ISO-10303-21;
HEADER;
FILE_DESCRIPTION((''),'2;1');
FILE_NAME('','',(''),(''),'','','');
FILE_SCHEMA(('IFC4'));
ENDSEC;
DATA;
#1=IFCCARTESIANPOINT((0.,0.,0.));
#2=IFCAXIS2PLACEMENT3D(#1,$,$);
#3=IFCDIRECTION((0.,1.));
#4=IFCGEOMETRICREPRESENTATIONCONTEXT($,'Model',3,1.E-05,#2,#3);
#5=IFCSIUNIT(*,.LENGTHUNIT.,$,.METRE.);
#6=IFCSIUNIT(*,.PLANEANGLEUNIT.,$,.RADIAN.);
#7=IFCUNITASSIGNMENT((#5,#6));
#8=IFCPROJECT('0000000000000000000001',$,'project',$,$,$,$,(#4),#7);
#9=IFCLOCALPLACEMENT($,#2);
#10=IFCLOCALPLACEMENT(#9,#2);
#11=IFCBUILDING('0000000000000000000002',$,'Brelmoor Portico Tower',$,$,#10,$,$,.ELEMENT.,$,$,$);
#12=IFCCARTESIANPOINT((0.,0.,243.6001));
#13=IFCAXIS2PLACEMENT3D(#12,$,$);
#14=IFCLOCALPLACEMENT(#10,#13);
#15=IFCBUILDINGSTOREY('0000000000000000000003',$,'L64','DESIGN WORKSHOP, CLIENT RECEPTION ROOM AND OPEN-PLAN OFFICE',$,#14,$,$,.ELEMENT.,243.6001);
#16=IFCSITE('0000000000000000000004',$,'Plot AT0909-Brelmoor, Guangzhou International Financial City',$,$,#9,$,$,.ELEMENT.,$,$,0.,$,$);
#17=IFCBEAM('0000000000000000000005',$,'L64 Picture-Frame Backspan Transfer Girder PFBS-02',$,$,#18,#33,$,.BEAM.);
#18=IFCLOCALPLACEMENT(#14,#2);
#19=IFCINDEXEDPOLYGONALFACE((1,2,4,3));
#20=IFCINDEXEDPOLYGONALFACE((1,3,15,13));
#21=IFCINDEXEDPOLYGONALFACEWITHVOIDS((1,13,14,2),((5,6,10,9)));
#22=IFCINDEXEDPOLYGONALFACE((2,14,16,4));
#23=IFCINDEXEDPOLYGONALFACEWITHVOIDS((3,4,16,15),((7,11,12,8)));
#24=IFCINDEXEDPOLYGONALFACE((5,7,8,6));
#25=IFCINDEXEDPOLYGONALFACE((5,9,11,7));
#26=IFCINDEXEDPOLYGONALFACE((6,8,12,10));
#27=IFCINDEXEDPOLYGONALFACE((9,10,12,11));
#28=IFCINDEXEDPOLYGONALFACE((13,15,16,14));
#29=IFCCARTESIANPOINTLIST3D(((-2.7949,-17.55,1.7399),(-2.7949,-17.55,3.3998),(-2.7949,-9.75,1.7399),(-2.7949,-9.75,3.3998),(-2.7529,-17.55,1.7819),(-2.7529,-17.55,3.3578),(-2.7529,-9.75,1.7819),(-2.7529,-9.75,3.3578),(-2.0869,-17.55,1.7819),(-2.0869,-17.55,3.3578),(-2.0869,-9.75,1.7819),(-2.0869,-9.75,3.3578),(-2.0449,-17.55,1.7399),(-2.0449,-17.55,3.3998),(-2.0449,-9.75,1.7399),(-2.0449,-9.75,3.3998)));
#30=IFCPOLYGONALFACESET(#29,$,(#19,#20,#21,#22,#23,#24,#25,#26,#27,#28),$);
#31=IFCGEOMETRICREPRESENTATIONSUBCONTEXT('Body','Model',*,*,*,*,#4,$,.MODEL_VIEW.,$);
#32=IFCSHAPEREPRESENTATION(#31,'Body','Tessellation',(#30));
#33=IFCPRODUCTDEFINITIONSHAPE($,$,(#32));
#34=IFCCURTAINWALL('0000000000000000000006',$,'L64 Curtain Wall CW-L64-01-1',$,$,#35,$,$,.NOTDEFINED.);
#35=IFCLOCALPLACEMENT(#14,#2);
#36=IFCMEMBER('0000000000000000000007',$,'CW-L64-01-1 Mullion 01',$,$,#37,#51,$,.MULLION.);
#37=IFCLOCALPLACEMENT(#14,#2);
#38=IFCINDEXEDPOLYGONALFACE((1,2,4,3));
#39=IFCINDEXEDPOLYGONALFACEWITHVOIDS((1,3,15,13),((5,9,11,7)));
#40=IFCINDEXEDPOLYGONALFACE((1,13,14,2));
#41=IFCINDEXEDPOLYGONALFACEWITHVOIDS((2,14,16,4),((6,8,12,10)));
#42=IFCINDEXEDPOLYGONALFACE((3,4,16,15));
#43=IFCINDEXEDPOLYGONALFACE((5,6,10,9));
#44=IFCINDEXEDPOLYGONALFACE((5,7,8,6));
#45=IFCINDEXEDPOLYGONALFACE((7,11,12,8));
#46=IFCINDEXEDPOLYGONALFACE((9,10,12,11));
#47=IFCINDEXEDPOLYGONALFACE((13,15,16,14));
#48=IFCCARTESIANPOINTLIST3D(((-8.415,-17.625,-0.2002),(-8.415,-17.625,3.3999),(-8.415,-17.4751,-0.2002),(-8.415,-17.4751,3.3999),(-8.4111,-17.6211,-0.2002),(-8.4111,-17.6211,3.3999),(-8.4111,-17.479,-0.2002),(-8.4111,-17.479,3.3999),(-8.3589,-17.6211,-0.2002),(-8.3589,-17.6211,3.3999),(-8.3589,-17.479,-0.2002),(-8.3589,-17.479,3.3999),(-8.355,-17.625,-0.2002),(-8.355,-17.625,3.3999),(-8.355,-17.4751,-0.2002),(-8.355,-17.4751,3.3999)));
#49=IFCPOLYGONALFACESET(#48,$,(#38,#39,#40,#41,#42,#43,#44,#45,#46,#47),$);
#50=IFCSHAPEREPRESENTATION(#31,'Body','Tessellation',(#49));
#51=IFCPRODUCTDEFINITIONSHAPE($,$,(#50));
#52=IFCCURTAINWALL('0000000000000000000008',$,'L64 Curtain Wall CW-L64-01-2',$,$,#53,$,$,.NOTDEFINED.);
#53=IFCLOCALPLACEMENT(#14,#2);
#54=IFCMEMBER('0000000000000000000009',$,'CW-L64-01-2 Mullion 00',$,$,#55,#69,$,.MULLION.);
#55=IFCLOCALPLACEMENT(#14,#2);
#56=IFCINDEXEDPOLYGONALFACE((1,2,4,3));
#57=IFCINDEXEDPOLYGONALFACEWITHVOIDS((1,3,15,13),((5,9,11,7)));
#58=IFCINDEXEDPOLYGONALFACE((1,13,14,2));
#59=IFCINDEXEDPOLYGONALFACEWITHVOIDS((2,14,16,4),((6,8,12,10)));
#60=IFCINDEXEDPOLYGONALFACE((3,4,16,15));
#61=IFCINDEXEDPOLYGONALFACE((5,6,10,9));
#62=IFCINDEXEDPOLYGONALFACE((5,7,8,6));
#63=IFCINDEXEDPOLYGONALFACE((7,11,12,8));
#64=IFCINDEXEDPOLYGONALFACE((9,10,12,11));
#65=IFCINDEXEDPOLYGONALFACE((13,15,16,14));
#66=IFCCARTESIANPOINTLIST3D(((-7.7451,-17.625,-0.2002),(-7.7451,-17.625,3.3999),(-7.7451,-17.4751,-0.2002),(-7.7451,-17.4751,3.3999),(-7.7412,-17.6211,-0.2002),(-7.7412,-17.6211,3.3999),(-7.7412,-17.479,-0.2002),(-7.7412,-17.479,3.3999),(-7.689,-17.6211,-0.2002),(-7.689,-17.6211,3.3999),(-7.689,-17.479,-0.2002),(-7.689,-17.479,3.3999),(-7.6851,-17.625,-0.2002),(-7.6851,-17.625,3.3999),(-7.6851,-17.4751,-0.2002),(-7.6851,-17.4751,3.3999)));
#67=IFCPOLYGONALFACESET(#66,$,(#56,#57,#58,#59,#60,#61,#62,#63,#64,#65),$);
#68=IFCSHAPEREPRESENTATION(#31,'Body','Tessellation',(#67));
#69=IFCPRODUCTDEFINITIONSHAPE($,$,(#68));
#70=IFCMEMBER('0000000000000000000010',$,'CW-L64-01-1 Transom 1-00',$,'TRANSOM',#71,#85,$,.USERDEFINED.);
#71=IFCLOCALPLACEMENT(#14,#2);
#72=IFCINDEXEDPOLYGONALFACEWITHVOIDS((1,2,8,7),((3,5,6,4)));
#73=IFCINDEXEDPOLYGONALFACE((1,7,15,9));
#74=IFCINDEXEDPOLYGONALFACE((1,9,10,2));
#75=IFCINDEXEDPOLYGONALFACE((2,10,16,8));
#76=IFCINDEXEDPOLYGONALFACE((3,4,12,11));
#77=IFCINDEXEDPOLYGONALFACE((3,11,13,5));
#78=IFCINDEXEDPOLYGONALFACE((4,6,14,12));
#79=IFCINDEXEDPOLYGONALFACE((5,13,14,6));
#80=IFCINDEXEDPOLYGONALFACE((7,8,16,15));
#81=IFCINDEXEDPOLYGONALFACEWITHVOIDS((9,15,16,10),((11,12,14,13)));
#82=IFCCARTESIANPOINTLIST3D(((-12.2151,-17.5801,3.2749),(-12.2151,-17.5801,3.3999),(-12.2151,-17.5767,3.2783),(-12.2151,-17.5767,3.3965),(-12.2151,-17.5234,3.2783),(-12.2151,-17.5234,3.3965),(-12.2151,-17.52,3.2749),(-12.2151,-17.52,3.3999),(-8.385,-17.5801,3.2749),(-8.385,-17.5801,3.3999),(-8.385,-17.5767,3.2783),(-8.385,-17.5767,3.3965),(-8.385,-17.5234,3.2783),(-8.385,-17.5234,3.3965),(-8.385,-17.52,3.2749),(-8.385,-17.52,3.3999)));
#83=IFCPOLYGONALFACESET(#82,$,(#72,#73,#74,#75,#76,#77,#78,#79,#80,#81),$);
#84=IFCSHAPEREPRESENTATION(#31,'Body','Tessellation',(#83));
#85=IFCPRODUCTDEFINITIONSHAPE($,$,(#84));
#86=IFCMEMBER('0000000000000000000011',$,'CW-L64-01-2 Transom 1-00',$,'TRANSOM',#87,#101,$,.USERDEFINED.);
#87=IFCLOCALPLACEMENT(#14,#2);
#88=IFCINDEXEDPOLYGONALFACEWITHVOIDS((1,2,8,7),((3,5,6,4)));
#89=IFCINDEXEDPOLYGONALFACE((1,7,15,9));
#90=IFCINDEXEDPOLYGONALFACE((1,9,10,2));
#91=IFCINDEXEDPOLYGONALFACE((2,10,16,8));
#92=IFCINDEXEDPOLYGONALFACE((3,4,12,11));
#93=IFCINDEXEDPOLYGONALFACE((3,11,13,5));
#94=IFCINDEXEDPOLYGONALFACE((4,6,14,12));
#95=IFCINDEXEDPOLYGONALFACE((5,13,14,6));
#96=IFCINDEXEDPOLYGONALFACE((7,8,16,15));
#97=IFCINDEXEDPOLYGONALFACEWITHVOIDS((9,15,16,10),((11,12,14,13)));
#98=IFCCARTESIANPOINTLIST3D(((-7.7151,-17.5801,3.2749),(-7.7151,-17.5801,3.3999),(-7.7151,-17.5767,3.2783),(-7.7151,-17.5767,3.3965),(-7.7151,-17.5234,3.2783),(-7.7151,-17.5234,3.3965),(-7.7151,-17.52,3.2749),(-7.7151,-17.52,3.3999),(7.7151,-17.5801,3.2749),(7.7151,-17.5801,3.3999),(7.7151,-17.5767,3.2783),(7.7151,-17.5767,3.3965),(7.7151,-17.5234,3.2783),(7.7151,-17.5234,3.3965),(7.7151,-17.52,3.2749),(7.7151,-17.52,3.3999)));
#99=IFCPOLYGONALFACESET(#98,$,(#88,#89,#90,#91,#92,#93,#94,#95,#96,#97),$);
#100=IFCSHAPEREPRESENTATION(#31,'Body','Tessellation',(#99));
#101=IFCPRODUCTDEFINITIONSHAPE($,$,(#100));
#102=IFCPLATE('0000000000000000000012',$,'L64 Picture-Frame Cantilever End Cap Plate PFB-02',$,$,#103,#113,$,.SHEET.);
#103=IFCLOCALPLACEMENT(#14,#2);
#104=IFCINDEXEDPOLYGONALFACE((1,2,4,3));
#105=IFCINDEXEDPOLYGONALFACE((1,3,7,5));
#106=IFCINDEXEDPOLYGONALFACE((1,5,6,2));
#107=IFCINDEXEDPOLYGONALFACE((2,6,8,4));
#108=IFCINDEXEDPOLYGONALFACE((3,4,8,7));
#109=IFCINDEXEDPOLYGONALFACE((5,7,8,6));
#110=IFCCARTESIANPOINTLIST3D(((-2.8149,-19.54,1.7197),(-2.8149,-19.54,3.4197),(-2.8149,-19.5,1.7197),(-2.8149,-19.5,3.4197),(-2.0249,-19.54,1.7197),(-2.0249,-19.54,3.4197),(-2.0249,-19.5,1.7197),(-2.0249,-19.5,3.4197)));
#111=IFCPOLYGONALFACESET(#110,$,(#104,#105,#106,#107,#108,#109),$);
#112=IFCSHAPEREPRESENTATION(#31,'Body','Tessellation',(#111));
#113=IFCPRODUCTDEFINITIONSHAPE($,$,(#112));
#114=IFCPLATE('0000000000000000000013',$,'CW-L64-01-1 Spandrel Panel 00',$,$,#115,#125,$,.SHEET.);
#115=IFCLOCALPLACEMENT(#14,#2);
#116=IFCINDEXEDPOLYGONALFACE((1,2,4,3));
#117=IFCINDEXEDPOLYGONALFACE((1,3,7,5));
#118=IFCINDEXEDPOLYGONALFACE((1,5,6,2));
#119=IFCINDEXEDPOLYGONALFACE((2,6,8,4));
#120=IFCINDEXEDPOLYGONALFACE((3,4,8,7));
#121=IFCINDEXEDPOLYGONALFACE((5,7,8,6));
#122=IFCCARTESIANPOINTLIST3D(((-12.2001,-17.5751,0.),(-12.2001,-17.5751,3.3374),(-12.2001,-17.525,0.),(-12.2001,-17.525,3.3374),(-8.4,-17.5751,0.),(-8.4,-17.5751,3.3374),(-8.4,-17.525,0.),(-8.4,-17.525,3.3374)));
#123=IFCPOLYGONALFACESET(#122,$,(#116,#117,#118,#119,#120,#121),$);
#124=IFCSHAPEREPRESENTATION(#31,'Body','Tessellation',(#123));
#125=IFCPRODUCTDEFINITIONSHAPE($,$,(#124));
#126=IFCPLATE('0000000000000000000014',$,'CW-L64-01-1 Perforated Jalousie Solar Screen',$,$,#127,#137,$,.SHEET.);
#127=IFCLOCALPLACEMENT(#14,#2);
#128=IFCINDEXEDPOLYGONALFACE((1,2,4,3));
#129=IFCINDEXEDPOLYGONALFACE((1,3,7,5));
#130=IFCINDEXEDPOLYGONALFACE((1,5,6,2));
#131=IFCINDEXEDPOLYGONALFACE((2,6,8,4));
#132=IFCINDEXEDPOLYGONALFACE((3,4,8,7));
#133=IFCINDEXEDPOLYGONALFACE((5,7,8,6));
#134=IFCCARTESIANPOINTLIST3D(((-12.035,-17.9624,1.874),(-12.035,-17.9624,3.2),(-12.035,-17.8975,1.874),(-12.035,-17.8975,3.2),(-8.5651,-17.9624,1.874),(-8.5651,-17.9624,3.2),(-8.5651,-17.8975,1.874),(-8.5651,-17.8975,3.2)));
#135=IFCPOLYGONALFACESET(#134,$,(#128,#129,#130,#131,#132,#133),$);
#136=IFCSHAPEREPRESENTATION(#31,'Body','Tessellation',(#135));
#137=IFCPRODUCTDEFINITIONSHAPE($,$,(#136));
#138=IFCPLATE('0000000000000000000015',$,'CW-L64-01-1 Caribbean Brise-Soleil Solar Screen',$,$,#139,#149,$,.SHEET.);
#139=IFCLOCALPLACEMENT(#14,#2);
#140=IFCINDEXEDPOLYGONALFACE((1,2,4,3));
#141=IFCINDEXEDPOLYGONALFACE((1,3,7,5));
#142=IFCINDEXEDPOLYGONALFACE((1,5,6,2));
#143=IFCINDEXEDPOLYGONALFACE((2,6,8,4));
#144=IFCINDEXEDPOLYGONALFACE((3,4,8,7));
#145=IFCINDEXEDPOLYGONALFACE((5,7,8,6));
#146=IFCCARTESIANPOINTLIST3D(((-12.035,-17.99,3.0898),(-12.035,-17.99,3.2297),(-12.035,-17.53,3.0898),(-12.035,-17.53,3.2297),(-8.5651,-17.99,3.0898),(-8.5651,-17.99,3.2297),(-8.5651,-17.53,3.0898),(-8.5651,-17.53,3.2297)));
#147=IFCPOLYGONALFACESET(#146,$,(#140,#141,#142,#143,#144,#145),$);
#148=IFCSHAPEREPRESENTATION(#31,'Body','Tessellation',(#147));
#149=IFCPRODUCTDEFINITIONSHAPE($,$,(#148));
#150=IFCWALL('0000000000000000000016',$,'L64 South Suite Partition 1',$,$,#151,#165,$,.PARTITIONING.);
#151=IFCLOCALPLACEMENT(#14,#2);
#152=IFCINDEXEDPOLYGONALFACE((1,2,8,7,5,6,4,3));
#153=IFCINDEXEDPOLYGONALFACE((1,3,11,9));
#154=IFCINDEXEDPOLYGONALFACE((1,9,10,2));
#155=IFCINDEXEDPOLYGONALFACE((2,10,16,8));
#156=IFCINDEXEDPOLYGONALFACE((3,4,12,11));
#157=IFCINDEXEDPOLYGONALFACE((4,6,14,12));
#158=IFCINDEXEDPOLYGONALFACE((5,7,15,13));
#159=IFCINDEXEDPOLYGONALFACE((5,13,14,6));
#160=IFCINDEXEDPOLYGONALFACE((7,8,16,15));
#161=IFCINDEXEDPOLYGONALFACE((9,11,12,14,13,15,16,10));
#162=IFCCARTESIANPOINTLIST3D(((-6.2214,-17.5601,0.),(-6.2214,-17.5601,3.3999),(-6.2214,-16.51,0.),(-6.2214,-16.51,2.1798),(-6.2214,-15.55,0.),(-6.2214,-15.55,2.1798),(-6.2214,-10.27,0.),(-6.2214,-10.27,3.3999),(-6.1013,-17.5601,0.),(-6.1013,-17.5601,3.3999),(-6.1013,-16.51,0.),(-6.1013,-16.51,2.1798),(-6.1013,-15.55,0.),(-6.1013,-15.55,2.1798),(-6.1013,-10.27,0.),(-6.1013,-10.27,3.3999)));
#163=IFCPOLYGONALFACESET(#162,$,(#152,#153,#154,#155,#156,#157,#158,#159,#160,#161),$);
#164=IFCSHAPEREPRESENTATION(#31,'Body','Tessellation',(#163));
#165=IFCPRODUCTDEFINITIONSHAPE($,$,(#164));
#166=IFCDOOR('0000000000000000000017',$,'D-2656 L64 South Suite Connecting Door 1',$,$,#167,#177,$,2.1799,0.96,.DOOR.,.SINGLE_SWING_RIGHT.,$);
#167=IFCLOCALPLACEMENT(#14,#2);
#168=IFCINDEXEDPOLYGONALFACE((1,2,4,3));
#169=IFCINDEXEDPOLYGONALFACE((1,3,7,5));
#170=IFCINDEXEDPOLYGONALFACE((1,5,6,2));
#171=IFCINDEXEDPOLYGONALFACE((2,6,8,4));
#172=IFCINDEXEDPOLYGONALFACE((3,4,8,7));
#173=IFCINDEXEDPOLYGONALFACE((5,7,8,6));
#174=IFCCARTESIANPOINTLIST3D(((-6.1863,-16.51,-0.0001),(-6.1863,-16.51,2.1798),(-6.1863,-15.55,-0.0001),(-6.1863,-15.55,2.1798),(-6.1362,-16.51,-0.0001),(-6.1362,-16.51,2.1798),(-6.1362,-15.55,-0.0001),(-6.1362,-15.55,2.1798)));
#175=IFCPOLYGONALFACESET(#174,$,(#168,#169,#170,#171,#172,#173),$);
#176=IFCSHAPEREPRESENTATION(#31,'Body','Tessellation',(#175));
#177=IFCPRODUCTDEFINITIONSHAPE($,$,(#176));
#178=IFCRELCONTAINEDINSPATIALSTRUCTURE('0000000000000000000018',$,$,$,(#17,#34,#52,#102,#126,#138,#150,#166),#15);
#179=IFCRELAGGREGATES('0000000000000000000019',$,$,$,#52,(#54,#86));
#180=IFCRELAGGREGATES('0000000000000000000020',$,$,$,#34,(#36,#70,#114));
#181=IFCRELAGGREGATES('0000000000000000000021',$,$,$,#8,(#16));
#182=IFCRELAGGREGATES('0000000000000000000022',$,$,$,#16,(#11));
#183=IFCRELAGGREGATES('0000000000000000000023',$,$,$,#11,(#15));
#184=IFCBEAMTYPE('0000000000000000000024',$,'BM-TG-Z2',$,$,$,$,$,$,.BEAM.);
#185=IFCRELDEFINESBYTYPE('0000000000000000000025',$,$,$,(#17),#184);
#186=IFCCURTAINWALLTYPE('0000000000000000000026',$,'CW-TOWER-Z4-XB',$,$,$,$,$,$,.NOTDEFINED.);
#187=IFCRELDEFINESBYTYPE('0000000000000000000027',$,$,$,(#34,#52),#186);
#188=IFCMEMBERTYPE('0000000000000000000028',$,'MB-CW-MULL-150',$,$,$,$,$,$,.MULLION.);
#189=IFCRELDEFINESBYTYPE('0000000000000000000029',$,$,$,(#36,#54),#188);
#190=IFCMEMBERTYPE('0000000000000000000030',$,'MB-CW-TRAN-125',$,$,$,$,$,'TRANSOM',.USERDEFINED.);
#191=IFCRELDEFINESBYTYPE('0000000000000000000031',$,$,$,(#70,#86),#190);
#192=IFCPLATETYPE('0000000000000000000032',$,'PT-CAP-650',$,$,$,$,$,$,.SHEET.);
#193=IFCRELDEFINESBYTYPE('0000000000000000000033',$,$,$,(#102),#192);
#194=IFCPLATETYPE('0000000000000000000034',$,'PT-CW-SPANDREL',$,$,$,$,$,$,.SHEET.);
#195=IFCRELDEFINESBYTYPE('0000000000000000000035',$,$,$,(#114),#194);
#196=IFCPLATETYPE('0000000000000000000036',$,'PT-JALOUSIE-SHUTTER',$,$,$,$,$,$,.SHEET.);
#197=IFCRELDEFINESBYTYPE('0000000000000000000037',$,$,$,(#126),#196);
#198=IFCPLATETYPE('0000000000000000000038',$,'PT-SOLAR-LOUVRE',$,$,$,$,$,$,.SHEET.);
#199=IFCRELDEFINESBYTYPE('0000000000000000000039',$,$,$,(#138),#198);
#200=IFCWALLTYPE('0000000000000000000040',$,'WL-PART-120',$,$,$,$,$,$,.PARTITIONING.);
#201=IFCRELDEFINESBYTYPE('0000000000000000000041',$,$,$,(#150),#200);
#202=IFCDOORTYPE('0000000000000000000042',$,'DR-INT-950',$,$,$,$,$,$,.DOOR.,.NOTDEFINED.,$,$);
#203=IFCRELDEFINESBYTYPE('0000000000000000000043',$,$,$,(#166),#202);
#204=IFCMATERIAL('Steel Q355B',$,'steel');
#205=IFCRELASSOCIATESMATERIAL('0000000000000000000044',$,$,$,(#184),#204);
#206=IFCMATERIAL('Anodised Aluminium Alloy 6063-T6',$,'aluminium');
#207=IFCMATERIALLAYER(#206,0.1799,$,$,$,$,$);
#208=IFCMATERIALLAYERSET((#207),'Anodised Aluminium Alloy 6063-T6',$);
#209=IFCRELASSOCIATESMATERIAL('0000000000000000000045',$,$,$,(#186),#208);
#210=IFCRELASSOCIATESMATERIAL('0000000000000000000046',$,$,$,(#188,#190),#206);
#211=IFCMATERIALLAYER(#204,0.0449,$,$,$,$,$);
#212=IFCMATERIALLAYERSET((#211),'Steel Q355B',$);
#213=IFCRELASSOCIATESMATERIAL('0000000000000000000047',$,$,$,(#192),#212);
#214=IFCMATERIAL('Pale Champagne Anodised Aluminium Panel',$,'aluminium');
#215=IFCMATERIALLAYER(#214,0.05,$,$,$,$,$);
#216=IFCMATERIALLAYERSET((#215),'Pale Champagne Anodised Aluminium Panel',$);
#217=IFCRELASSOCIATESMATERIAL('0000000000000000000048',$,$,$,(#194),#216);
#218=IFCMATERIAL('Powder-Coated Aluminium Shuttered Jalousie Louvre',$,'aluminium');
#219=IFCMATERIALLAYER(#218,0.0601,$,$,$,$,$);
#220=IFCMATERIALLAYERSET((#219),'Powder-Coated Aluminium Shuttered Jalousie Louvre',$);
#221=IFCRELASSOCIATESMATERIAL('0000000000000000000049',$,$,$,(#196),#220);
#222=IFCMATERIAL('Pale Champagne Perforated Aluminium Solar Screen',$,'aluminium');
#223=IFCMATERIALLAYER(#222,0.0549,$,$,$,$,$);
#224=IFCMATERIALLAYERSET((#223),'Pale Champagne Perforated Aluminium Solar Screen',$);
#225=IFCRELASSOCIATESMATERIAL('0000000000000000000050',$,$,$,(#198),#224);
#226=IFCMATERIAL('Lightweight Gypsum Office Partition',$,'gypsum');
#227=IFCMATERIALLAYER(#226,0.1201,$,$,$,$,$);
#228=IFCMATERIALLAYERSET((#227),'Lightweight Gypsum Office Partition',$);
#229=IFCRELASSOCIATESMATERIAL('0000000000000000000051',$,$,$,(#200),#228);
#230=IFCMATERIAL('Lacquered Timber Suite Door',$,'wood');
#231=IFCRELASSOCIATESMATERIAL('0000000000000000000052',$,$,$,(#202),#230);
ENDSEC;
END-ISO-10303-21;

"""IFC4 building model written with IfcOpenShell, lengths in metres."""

from ifc_helpers import new_model, si_unit, direction, frame, frame_2d, origin, origin_2d, place, context, subcontext, project, spatial, rectangle, hollow_rectangle, extrude, material, layer, layer_set, material_profile, profile_set, type_object, element, fill, aggregate, save


model = new_model("IFC4")

# Units and contexts
model_context = context("Model", 3, precision=1e-05, world=origin(), true_north=direction((0.0, 1.0)))
body_context = subcontext(model_context, "Body", "Model", "MODEL_VIEW")
ifc_project = project(units=[si_unit("LENGTHUNIT", "METRE"), si_unit("PLANEANGLEUNIT", "RADIAN")], contexts=[model_context])

# Site, building, storey
site_placement = place(None, origin())
site = spatial("IfcSite", under=ifc_project, at=site_placement, Name="Plot AT0909-Brelmoor, Guangzhou International Financial City", CompositionType="ELEMENT", RefElevation=0.0)
building_placement = place(site_placement, origin())
building = spatial("IfcBuilding", under=site, at=building_placement, Name="Brelmoor Portico Tower", CompositionType="ELEMENT")
storey_placement = place(building_placement, frame((0.0, 0.0, 243.6001)))
storey = spatial("IfcBuildingStorey", under=building, at=storey_placement, Name="L64", Description="DESIGN WORKSHOP, CLIENT RECEPTION ROOM AND OPEN-PLAN OFFICE", CompositionType="ELEMENT", Elevation=243.6001)

# Shared definitions
ifc_material_1 = material(Name="Steel Q355B", Category="steel")

# Beam
ifc_material_profile_1 = material_profile(ifc_material_1, hollow_rectangle(XDim=0.75, YDim=1.6599, WallThickness=0.042, at=origin_2d()), Name="BOX 750x1660x42")
ifc_profile_set_1 = profile_set([ifc_material_profile_1], Name="Steel Q355B")
beam_type_1 = type_object("IfcBeamType", Name="BM-TG-Z2", PredefinedType="BEAM", material=ifc_profile_set_1)
beam_1_placement = place(storey_placement, frame((-2.4199, -17.55, 2.5698), z_axis=(0.0, 1.0, 0.0), x_axis=(-1.0, 0.0, 0.0)))
element("IfcBeam", 1, at=beam_1_placement, inside=storey, type_object=beam_type_1, Name="L64 Picture-Frame Backspan Transfer Girder PFBS-02", PredefinedType="BEAM", context=body_context, shape_type="SweptSolid", body=[
    extrude(hollow_rectangle(XDim=0.75, YDim=1.6599, WallThickness=0.042, at=origin_2d()), origin(), (0.0, 0.0, 1.0), 7.8),
])

# Curtain walls, members
ifc_material_2 = material(Name="Anodised Aluminium Alloy 6063-T6", Category="aluminium")
ifc_layer_1 = layer(ifc_material_2, 0.1799)
ifc_layer_set_1 = layer_set([ifc_layer_1], Name="Anodised Aluminium Alloy 6063-T6")
curtain_wall_type = type_object("IfcCurtainWallType", Name="CW-TOWER-Z4-XB", PredefinedType="NOTDEFINED", material=ifc_layer_set_1)
curtain_wall_1_placement = place(storey_placement, origin())
curtain_wall_1 = element("IfcCurtainWall", 2, at=curtain_wall_1_placement, inside=storey, type_object=curtain_wall_type, Name="L64 Curtain Wall CW-L64-01-1", PredefinedType="NOTDEFINED")
ifc_material_profile_2 = material_profile(ifc_material_2, hollow_rectangle(XDim=0.0601, YDim=0.1499, WallThickness=0.0039, at=origin_2d()), Name="ALU MULLION 60x150")
ifc_profile_set_2 = profile_set([ifc_material_profile_2], Name="Anodised Aluminium Alloy 6063-T6")
member_type_1 = type_object("IfcMemberType", Name="MB-CW-MULL-150", PredefinedType="MULLION", material=ifc_profile_set_2)
member_1_placement = place(storey_placement, frame((-8.385, -17.55, -0.2002), z_axis=(0.0, 0.0, 1.0), x_axis=(1.0, 0.0, 0.0)))
member_1 = element("IfcMember", 3, at=member_1_placement, type_object=member_type_1, Name="CW-L64-01-1 Mullion 01", PredefinedType="MULLION", context=body_context, shape_type="SweptSolid", body=[
    extrude(hollow_rectangle(XDim=0.0601, YDim=0.1499, WallThickness=0.0039, at=origin_2d()), origin(), (0.0, 0.0, 1.0), 3.6001),
])
curtain_wall_2_placement = place(storey_placement, origin())
curtain_wall_2 = element("IfcCurtainWall", 4, at=curtain_wall_2_placement, inside=storey, type_object=curtain_wall_type, Name="L64 Curtain Wall CW-L64-01-2", PredefinedType="NOTDEFINED")
member_2_placement = place(storey_placement, frame((-7.7151, -17.55, -0.2002), z_axis=(0.0, 0.0, 1.0), x_axis=(1.0, 0.0, 0.0)))
member_2 = element("IfcMember", 5, at=member_2_placement, type_object=member_type_1, Name="CW-L64-01-2 Mullion 00", PredefinedType="MULLION", context=body_context, shape_type="SweptSolid", body=[
    extrude(hollow_rectangle(XDim=0.0601, YDim=0.1499, WallThickness=0.0039, at=origin_2d()), origin(), (0.0, 0.0, 1.0), 3.6001),
])

# Members
ifc_material_profile_3 = material_profile(ifc_material_2, hollow_rectangle(XDim=0.0601, YDim=0.125, WallThickness=0.0034, at=origin_2d()), Name="ALU TRANSOM 60x125")
ifc_profile_set_3 = profile_set([ifc_material_profile_3], Name="Anodised Aluminium Alloy 6063-T6")
member_type_2 = type_object("IfcMemberType", Name="MB-CW-TRAN-125", ElementType="TRANSOM", PredefinedType="USERDEFINED", material=ifc_profile_set_3)
member_3_placement = place(storey_placement, frame((-12.2151, -17.55, 3.3374), z_axis=(1.0, 0.0, 0.0), x_axis=(0.0, 1.0, 0.0)))
member_3 = element("IfcMember", 6, at=member_3_placement, type_object=member_type_2, Name="CW-L64-01-1 Transom 1-00", ObjectType="TRANSOM", PredefinedType="USERDEFINED", context=body_context, shape_type="SweptSolid", body=[
    extrude(hollow_rectangle(XDim=0.0601, YDim=0.125, WallThickness=0.0034, at=origin_2d()), origin(), (0.0, 0.0, 1.0), 3.8301),
])
member_4_placement = place(storey_placement, frame((-7.7151, -17.55, 3.3374), z_axis=(1.0, 0.0, 0.0), x_axis=(0.0, 1.0, 0.0)))
member_4 = element("IfcMember", 7, at=member_4_placement, type_object=member_type_2, Name="CW-L64-01-2 Transom 1-00", ObjectType="TRANSOM", PredefinedType="USERDEFINED", context=body_context, shape_type="SweptSolid", body=[
    extrude(hollow_rectangle(XDim=0.0601, YDim=0.125, WallThickness=0.0034, at=origin_2d()), origin(), (0.0, 0.0, 1.0), 15.4302),
])
aggregate(curtain_wall_2, [member_2, member_4])

# Plates
ifc_layer_2 = layer(ifc_material_1, 0.0449)
ifc_layer_set_2 = layer_set([ifc_layer_2], Name="Steel Q355B")
plate_type_1 = type_object("IfcPlateType", Name="PT-CAP-650", PredefinedType="SHEET", material=ifc_layer_set_2)
plate_1_placement = place(storey_placement, frame((-2.4199, -19.52, 1.7197), z_axis=(0.0, 0.0, 1.0), x_axis=(1.0, 0.0, 0.0)))
element("IfcPlate", 8, at=plate_1_placement, inside=storey, type_object=plate_type_1, Name="L64 Picture-Frame Cantilever End Cap Plate PFB-02", PredefinedType="SHEET", context=body_context, shape_type="SweptSolid", body=[
    extrude(rectangle(XDim=0.79, YDim=0.04, at=origin_2d()), origin(), (0.0, 0.0, 1.0), 1.7),
])
ifc_material_3 = material(Name="Pale Champagne Anodised Aluminium Panel", Category="aluminium")
ifc_layer_3 = layer(ifc_material_3, 0.05)
ifc_layer_set_3 = layer_set([ifc_layer_3], Name="Pale Champagne Anodised Aluminium Panel")
plate_type_2 = type_object("IfcPlateType", Name="PT-CW-SPANDREL", PredefinedType="SHEET", material=ifc_layer_set_3)
plate_2_placement = place(storey_placement, frame((-10.3, -17.55, 0.0), z_axis=(0.0, 0.0, 1.0), x_axis=(1.0, 0.0, 0.0)))
plate_2 = element("IfcPlate", 9, at=plate_2_placement, type_object=plate_type_2, Name="CW-L64-01-1 Spandrel Panel 00", PredefinedType="SHEET", context=body_context, shape_type="SweptSolid", body=[
    extrude(rectangle(XDim=3.8, YDim=0.05, at=origin_2d()), origin(), (0.0, 0.0, 1.0), 3.3374),
])
aggregate(curtain_wall_1, [member_1, member_3, plate_2])

# Plates
ifc_material_4 = material(Name="Powder-Coated Aluminium Shuttered Jalousie Louvre", Category="aluminium")
ifc_layer_4 = layer(ifc_material_4, 0.0601)
ifc_layer_set_4 = layer_set([ifc_layer_4], Name="Powder-Coated Aluminium Shuttered Jalousie Louvre")
plate_type_3 = type_object("IfcPlateType", Name="PT-JALOUSIE-SHUTTER", PredefinedType="SHEET", material=ifc_layer_set_4)
plate_3_placement = place(storey_placement, frame((-10.3, -17.9299, 1.874), z_axis=(0.0, 0.0, 1.0), x_axis=(1.0, 0.0, 0.0)))
element("IfcPlate", 10, at=plate_3_placement, inside=storey, type_object=plate_type_3, Name="CW-L64-01-1 Perforated Jalousie Solar Screen", PredefinedType="SHEET", context=body_context, shape_type="SweptSolid", body=[
    extrude(rectangle(XDim=3.47, YDim=0.0649, at=origin_2d()), origin(), (0.0, 0.0, 1.0), 1.3259),
])
ifc_material_5 = material(Name="Pale Champagne Perforated Aluminium Solar Screen", Category="aluminium")
ifc_layer_5 = layer(ifc_material_5, 0.0549)
ifc_layer_set_5 = layer_set([ifc_layer_5], Name="Pale Champagne Perforated Aluminium Solar Screen")
plate_type_4 = type_object("IfcPlateType", Name="PT-SOLAR-LOUVRE", PredefinedType="SHEET", material=ifc_layer_set_5)
plate_4_placement = place(storey_placement, frame((-10.3, -17.76, 3.0898), z_axis=(0.0, 0.0, 1.0), x_axis=(1.0, 0.0, 0.0)))
element("IfcPlate", 11, at=plate_4_placement, inside=storey, type_object=plate_type_4, Name="CW-L64-01-1 Caribbean Brise-Soleil Solar Screen", PredefinedType="SHEET", context=body_context, shape_type="SweptSolid", body=[
    extrude(rectangle(XDim=3.47, YDim=0.46, at=origin_2d()), origin(), (0.0, 0.0, 1.0), 0.1399),
])

# Wall, opening, door
ifc_material_6 = material(Name="Lightweight Gypsum Office Partition", Category="gypsum")
ifc_layer_6 = layer(ifc_material_6, 0.1201)
ifc_layer_set_6 = layer_set([ifc_layer_6], Name="Lightweight Gypsum Office Partition")
wall_type = type_object("IfcWallType", Name="WL-PART-120", PredefinedType="PARTITIONING", material=ifc_layer_set_6)
wall_placement = place(storey_placement, frame((-6.1614, -17.5601, 0.0), z_axis=(0.0, 0.0, 1.0), x_axis=(0.0, 1.0, 0.0)))
wall = element("IfcWall", 12, at=wall_placement, inside=storey, type_object=wall_type, Name="L64 South Suite Partition 1", PredefinedType="PARTITIONING", context=body_context, shape_type="SweptSolid", body=[
    extrude(rectangle(XDim=7.29, YDim=0.1201, at=frame_2d((3.645, 0.0))), origin(), (0.0, 0.0, 1.0), 3.3999),
])
opening_placement = place(wall_placement, frame((1.05, 0.0, 0.0)))
opening = element("IfcOpeningElement", 13, at=opening_placement, cuts=wall, PredefinedType="OPENING", context=body_context, shape_type="SweptSolid", body=[
    extrude(rectangle(XDim=0.96, YDim=2.1799, at=frame_2d((0.48, 1.0898))), frame((0.0, 0.0701, 0.0), z_axis=(0.0, -1.0, 0.0), x_axis=(1.0, 0.0, 0.0)), (0.0, 0.0, 1.0), 0.1401),
])
ifc_material_7 = material(Name="Lacquered Timber Suite Door", Category="wood")
door_type = type_object("IfcDoorType", Name="DR-INT-950", OperationType="NOTDEFINED", PredefinedType="DOOR", material=ifc_material_7)
door_placement = place(opening_placement, origin())
door = element("IfcDoor", 14, at=door_placement, inside=storey, type_object=door_type, Name="D-2656 L64 South Suite Connecting Door 1", OperationType="SINGLE_SWING_RIGHT", OverallHeight=2.1799, OverallWidth=0.96, PredefinedType="DOOR", context=body_context, shape_type="SweptSolid", body=[
    extrude(rectangle(XDim=0.96, YDim=2.1799, at=frame_2d((0.48, 1.0898))), frame((0.0, 0.0249, 0.0), z_axis=(0.0, -1.0, 0.0), x_axis=(1.0, 0.0, 0.0)), (0.0, 0.0, 1.0), 0.05),
])
fill(opening, door)

save(model, "model.ifc")
